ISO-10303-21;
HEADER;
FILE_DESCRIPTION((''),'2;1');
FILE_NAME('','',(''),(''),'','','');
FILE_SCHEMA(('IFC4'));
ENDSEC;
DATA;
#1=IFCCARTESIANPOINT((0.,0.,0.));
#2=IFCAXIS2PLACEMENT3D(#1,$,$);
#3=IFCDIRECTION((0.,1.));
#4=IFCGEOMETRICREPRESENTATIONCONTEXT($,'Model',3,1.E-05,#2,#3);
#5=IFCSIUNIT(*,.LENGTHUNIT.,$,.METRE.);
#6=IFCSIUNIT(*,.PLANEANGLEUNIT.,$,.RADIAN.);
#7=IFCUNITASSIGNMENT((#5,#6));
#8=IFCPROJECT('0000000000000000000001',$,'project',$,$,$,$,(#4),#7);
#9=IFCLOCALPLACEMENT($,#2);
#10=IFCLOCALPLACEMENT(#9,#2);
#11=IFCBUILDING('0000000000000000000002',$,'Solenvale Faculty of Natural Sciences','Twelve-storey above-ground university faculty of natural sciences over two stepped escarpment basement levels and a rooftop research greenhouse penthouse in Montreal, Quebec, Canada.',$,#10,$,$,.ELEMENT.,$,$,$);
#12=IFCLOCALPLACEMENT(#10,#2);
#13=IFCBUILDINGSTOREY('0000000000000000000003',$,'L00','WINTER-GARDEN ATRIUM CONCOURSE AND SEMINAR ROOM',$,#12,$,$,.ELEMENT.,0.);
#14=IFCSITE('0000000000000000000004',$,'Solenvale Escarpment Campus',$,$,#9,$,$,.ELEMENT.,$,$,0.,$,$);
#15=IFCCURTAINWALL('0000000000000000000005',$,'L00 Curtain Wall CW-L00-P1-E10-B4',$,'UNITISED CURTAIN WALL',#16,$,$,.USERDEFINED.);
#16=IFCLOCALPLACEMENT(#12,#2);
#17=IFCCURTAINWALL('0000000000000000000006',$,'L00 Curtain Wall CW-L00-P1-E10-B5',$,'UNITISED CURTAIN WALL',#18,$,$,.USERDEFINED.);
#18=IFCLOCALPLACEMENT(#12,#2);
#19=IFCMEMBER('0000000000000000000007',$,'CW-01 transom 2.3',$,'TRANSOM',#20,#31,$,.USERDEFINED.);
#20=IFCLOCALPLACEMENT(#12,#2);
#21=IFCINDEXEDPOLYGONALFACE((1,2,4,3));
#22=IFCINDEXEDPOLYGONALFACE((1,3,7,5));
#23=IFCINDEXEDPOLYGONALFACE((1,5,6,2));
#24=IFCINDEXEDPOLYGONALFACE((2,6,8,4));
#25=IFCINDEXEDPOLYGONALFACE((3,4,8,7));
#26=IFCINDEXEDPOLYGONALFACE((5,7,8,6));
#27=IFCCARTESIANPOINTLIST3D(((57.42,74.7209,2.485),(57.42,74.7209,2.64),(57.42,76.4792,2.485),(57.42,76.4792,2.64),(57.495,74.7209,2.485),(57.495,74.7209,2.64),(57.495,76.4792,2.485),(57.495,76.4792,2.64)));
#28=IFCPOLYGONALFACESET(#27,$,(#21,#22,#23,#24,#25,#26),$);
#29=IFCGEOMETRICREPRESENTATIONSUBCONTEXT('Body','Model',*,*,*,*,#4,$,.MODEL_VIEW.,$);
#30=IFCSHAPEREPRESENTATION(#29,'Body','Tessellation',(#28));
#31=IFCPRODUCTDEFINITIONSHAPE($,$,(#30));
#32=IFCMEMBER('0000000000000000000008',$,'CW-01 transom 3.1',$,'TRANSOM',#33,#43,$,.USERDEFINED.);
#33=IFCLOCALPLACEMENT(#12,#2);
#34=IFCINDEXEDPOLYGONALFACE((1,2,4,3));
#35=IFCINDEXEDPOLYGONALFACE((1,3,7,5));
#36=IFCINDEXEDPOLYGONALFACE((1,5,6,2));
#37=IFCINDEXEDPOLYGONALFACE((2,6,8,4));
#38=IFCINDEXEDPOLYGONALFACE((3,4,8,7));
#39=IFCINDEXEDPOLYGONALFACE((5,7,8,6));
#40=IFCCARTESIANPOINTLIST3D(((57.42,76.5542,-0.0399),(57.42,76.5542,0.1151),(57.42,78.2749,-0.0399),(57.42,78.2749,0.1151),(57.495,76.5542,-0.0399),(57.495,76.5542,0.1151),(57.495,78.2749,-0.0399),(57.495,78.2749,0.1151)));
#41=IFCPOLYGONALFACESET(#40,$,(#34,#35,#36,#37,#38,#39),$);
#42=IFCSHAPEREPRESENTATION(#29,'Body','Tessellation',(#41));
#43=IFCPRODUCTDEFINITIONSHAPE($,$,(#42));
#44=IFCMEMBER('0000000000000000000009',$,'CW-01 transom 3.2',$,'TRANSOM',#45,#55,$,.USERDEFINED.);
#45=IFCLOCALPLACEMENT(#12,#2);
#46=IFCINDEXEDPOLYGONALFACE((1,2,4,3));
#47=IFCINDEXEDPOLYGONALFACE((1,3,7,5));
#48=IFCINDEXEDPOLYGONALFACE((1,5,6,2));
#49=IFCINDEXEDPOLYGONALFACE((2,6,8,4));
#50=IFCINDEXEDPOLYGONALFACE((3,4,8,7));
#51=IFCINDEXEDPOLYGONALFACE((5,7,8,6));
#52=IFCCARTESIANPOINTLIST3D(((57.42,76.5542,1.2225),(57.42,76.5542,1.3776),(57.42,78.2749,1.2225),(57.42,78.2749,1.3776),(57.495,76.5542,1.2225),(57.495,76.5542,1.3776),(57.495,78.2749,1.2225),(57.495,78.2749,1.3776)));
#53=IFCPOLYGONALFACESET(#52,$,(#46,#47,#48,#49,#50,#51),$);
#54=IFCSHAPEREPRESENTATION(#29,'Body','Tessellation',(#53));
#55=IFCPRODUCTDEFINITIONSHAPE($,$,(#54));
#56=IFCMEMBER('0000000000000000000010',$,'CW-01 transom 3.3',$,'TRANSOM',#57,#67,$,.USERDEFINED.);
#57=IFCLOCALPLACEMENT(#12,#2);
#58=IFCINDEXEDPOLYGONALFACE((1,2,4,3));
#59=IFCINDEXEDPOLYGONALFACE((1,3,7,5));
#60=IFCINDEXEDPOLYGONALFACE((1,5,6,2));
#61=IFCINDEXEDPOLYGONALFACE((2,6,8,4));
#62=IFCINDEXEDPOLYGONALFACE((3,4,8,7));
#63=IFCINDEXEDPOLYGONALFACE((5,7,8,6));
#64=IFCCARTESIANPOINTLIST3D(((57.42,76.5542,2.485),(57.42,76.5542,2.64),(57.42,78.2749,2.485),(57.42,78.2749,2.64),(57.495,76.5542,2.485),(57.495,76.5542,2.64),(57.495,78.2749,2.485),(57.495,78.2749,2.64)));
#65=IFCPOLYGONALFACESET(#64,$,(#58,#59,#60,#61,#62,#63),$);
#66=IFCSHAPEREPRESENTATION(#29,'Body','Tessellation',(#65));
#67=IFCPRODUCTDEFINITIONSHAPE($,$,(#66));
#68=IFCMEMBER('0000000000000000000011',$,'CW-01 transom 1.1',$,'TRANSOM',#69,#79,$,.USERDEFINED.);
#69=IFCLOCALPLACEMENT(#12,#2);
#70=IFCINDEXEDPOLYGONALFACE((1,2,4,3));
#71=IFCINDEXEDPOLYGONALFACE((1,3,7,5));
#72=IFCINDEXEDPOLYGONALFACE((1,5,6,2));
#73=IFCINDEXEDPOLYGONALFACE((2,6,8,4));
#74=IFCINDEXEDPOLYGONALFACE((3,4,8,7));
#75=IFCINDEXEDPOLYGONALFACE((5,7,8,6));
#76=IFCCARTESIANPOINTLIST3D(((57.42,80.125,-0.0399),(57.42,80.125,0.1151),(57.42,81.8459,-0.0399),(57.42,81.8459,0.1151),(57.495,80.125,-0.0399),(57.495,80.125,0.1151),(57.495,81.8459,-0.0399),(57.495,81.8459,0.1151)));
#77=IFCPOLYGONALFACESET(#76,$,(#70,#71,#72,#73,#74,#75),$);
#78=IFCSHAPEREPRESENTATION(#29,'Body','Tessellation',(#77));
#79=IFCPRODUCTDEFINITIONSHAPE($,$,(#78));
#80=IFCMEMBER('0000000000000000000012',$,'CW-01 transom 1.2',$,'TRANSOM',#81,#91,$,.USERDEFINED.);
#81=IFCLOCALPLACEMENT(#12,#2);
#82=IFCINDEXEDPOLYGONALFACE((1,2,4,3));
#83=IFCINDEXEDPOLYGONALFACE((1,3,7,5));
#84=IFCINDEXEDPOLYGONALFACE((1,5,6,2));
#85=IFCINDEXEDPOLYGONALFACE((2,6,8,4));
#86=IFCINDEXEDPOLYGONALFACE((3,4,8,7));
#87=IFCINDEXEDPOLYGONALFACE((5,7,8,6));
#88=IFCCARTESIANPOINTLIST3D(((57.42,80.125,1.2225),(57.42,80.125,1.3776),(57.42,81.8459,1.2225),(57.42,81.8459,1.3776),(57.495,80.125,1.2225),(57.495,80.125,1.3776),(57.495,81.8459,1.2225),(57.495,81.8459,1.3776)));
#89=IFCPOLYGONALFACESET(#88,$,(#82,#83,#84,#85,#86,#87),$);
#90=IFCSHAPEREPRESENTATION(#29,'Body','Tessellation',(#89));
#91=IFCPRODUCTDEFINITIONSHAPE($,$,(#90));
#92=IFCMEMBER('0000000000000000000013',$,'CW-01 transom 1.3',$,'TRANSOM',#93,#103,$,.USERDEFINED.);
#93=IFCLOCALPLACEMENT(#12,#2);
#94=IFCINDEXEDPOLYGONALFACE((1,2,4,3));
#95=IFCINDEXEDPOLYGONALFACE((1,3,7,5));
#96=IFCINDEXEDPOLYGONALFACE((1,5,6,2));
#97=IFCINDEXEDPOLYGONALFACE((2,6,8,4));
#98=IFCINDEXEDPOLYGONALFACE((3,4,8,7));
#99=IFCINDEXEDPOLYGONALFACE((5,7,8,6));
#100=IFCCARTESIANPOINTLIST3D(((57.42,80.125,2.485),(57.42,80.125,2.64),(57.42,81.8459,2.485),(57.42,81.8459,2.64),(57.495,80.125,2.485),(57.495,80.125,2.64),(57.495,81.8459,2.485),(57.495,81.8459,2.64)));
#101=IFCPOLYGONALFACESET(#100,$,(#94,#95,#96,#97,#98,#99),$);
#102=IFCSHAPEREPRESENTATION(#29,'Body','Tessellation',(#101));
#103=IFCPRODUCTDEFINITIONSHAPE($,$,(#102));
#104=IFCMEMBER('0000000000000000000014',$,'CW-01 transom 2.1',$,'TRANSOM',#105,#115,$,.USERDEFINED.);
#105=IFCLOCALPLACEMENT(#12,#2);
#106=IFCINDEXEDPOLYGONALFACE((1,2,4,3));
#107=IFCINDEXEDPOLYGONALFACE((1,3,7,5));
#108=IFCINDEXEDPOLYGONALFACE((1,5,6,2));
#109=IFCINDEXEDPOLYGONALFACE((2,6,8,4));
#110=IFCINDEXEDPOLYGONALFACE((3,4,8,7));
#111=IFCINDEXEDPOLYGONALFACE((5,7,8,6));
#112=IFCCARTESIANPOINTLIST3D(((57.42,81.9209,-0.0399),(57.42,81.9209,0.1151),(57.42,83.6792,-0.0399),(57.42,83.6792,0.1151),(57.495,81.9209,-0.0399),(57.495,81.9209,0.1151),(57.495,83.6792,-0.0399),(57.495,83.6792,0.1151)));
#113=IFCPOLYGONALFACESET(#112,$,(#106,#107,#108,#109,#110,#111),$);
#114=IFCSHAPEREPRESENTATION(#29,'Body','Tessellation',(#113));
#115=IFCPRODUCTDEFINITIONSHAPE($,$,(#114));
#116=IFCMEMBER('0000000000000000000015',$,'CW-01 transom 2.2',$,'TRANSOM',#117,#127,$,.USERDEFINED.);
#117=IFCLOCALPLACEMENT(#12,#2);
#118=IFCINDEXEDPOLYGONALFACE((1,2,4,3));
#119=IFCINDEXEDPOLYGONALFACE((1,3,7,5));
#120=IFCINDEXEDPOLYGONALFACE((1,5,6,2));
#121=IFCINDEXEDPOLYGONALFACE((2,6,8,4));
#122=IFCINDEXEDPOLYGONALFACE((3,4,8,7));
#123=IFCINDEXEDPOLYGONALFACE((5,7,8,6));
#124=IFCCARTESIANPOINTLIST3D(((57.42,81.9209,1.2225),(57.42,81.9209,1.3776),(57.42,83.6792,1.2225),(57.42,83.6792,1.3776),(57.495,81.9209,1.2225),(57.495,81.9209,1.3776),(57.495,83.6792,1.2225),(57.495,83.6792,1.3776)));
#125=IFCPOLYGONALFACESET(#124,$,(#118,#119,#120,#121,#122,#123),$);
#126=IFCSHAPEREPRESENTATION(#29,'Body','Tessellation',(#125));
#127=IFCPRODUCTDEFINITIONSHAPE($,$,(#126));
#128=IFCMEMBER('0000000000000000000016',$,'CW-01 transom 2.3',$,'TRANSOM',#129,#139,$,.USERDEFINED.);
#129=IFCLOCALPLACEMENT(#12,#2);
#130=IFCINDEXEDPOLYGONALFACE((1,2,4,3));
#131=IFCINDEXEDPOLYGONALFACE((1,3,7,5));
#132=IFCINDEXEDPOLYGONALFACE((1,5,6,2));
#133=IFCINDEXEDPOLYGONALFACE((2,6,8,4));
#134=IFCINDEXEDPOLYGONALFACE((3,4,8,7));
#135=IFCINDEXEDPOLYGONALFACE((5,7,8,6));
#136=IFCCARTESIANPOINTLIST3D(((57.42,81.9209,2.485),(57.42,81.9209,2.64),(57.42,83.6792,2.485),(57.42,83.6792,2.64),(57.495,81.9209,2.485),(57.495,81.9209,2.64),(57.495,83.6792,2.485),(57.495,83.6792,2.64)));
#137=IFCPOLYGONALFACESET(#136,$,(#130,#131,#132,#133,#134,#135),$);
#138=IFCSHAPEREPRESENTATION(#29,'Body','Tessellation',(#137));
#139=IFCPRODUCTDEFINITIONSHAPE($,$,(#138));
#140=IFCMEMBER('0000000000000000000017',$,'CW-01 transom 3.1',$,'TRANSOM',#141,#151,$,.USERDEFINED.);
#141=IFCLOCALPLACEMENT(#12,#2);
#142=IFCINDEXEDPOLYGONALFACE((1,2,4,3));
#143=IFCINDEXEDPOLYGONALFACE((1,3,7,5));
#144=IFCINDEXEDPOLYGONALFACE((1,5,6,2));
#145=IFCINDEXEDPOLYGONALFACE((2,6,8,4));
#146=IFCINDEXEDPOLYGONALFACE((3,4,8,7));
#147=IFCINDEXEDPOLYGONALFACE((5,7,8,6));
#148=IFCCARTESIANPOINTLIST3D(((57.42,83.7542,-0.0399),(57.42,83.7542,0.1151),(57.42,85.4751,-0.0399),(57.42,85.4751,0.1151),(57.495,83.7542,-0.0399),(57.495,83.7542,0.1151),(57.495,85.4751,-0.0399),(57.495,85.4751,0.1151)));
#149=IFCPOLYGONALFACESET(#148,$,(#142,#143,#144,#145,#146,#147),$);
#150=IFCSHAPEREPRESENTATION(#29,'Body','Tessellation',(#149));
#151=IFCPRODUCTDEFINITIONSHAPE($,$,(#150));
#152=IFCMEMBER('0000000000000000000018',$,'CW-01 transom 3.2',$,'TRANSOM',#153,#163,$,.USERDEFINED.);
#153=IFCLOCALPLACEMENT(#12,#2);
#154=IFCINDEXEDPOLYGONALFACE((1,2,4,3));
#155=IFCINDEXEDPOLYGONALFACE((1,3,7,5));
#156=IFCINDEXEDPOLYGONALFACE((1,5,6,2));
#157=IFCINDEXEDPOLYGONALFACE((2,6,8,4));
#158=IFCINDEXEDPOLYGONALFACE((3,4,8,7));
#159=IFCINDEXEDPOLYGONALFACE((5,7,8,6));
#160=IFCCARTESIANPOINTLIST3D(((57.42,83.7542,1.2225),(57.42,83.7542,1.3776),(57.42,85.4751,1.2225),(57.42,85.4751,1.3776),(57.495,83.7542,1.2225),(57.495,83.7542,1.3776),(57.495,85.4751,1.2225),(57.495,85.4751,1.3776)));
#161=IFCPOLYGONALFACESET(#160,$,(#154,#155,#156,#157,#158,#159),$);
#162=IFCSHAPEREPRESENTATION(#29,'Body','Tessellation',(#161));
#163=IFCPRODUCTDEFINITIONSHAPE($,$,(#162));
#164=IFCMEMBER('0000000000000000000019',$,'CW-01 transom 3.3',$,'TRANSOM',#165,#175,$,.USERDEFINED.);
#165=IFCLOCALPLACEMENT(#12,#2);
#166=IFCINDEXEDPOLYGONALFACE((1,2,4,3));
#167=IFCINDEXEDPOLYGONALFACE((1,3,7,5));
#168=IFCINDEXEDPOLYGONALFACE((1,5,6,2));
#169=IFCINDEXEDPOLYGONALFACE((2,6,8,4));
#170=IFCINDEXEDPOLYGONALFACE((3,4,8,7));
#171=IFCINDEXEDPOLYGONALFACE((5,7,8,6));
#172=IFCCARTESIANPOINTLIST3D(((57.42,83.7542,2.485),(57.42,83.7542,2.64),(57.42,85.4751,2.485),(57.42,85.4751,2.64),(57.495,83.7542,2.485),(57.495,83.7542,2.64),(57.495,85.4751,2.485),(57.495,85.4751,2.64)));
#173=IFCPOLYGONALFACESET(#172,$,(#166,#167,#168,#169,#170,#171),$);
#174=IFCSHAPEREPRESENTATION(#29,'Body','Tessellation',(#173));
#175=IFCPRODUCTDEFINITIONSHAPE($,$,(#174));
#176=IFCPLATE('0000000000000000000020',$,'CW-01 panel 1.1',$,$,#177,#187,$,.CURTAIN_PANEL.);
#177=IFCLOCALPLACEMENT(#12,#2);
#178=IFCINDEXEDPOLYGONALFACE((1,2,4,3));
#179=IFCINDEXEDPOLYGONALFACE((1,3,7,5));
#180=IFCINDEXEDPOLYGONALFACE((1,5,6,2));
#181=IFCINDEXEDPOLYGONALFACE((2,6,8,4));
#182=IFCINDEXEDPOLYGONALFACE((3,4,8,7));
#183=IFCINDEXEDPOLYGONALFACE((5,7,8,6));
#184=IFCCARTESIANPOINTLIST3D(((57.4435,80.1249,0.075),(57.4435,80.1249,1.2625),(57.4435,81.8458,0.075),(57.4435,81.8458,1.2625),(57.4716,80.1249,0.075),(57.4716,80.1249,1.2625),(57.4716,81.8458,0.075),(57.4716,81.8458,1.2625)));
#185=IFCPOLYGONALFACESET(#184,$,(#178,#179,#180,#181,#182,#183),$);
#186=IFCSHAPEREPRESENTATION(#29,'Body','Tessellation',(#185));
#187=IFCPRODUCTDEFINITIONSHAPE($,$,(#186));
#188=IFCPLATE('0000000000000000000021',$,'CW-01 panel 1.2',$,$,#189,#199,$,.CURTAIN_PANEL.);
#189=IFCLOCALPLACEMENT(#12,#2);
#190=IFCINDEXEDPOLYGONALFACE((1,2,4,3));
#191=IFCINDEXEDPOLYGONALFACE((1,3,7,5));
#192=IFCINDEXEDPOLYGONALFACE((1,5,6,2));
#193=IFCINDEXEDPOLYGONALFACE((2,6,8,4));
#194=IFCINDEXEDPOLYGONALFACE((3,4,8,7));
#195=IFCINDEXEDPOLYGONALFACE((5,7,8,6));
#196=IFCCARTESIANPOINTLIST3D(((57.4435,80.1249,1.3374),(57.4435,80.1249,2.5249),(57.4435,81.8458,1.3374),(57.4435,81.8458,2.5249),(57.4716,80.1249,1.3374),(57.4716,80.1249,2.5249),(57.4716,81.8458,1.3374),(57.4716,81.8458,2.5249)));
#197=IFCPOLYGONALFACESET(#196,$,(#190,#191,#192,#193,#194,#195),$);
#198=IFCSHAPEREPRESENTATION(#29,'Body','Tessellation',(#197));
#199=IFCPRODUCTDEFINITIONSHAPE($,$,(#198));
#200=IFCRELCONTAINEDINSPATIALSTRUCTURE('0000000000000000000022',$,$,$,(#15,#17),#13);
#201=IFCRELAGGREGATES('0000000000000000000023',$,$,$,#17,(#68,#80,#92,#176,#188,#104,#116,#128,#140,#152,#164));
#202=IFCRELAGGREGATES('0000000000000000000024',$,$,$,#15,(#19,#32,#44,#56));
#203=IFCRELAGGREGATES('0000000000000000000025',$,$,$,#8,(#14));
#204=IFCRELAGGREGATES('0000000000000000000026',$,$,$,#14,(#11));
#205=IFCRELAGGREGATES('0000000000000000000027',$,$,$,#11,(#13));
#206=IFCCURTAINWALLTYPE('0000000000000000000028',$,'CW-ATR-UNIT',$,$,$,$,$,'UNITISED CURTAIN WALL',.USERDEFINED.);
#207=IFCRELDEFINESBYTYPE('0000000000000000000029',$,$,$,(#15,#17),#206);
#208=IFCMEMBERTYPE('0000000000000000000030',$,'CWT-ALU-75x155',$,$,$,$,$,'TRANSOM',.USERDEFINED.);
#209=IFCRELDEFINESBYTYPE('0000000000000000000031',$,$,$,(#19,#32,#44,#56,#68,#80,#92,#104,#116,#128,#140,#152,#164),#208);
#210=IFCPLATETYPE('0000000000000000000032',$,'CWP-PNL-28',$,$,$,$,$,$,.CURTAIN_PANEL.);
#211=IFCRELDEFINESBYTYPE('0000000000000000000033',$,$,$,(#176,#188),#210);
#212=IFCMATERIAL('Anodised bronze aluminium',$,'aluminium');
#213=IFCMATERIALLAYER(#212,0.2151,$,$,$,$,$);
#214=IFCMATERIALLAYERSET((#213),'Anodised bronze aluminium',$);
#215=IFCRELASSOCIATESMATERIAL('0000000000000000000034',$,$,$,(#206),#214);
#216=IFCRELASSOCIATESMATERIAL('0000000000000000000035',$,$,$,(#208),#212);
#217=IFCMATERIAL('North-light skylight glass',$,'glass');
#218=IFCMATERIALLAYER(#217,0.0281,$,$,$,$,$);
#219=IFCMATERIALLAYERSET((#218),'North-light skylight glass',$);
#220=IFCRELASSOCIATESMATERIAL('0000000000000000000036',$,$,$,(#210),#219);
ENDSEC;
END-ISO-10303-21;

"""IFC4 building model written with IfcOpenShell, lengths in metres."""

from ifc_helpers import new_model, si_unit, direction, frame, origin, origin_2d, place, context, subcontext, project, spatial, rectangle, extrude, material, layer, layer_set, material_profile, profile_set, type_object, element, aggregate, save


model = new_model("IFC4")

# Units and contexts
model_context = context("Model", 3, precision=1e-05, world=origin(), true_north=direction((0.0, 1.0)))
body_context = subcontext(model_context, "Body", "Model", "MODEL_VIEW")
ifc_project = project(units=[si_unit("LENGTHUNIT", "METRE"), si_unit("PLANEANGLEUNIT", "RADIAN")], contexts=[model_context])

# Site, building, storey
site_placement = place(None, origin())
site = spatial("IfcSite", under=ifc_project, at=site_placement, Name="Solenvale Escarpment Campus", CompositionType="ELEMENT", RefElevation=0.0)
building_placement = place(site_placement, origin())
building = spatial("IfcBuilding", under=site, at=building_placement, Name="Solenvale Faculty of Natural Sciences", Description="Twelve-storey above-ground university faculty of natural sciences over two stepped escarpment basement levels and a rooftop research greenhouse penthouse in Montreal, Quebec, Canada.", CompositionType="ELEMENT")
storey_placement = place(building_placement, origin())
storey = spatial("IfcBuildingStorey", under=building, at=storey_placement, Name="L00", Description="WINTER-GARDEN ATRIUM CONCOURSE AND SEMINAR ROOM", CompositionType="ELEMENT", Elevation=0.0)

# Curtain walls
ifc_material_1 = material(Name="Anodised bronze aluminium", Category="aluminium")
ifc_layer_1 = layer(ifc_material_1, 0.2151)
ifc_layer_set_1 = layer_set([ifc_layer_1], Name="Anodised bronze aluminium")
curtain_wall_type = type_object("IfcCurtainWallType", Name="CW-ATR-UNIT", ElementType="UNITISED CURTAIN WALL", PredefinedType="USERDEFINED", material=ifc_layer_set_1)
curtain_wall_1_placement = place(storey_placement, origin())
curtain_wall_1 = element("IfcCurtainWall", 1, at=curtain_wall_1_placement, inside=storey, type_object=curtain_wall_type, Name="L00 Curtain Wall CW-L00-P1-E10-B4", ObjectType="UNITISED CURTAIN WALL", PredefinedType="USERDEFINED")
curtain_wall_2_placement = place(storey_placement, origin())
curtain_wall_2 = element("IfcCurtainWall", 2, at=curtain_wall_2_placement, inside=storey, type_object=curtain_wall_type, Name="L00 Curtain Wall CW-L00-P1-E10-B5", ObjectType="UNITISED CURTAIN WALL", PredefinedType="USERDEFINED")

# Members
ifc_material_profile_1 = material_profile(ifc_material_1, rectangle(XDim=0.075, YDim=0.155, at=origin_2d()), Name="ALU-TRN-75x155")
ifc_profile_set_1 = profile_set([ifc_material_profile_1], Name="Anodised bronze aluminium")
member_type_1 = type_object("IfcMemberType", Name="CWT-ALU-75x155", ElementType="TRANSOM", PredefinedType="USERDEFINED", material=ifc_profile_set_1)
member_1_placement = place(storey_placement, frame((57.4575, 74.7209, 2.5625), z_axis=(0.0, 1.0, 0.0), x_axis=(-1.0, 0.0, 0.0)))
member_1 = element("IfcMember", 3, at=member_1_placement, type_object=member_type_1, Name="CW-01 transom 2.3", ObjectType="TRANSOM", PredefinedType="USERDEFINED", context=body_context, shape_type="SweptSolid", body=[
    extrude(rectangle(XDim=0.075, YDim=0.155, at=origin_2d()), origin(), (0.0, 0.0, 1.0), 1.7583),
])
member_2_placement = place(storey_placement, frame((57.4575, 76.5542, 0.0376), z_axis=(0.0, 1.0, 0.0), x_axis=(-1.0, 0.0, 0.0)))
member_2 = element("IfcMember", 4, at=member_2_placement, type_object=member_type_1, Name="CW-01 transom 3.1", ObjectType="TRANSOM", PredefinedType="USERDEFINED", context=body_context, shape_type="SweptSolid", body=[
    extrude(rectangle(XDim=0.075, YDim=0.155, at=origin_2d()), origin(), (0.0, 0.0, 1.0), 1.7207),
])
member_3_placement = place(storey_placement, frame((57.4575, 76.5542, 1.3), z_axis=(0.0, 1.0, 0.0), x_axis=(-1.0, 0.0, 0.0)))
member_3 = element("IfcMember", 5, at=member_3_placement, type_object=member_type_1, Name="CW-01 transom 3.2", ObjectType="TRANSOM", PredefinedType="USERDEFINED", context=body_context, shape_type="SweptSolid", body=[
    extrude(rectangle(XDim=0.075, YDim=0.155, at=origin_2d()), origin(), (0.0, 0.0, 1.0), 1.7207),
])
member_4_placement = place(storey_placement, frame((57.4575, 76.5542, 2.5625), z_axis=(0.0, 1.0, 0.0), x_axis=(-1.0, 0.0, 0.0)))
member_4 = element("IfcMember", 6, at=member_4_placement, type_object=member_type_1, Name="CW-01 transom 3.3", ObjectType="TRANSOM", PredefinedType="USERDEFINED", context=body_context, shape_type="SweptSolid", body=[
    extrude(rectangle(XDim=0.075, YDim=0.155, at=origin_2d()), origin(), (0.0, 0.0, 1.0), 1.7207),
])
member_5_placement = place(storey_placement, frame((57.4575, 80.125, 0.0376), z_axis=(0.0, 1.0, 0.0), x_axis=(-1.0, 0.0, 0.0)))
member_5 = element("IfcMember", 7, at=member_5_placement, type_object=member_type_1, Name="CW-01 transom 1.1", ObjectType="TRANSOM", PredefinedType="USERDEFINED", context=body_context, shape_type="SweptSolid", body=[
    extrude(rectangle(XDim=0.075, YDim=0.155, at=origin_2d()), origin(), (0.0, 0.0, 1.0), 1.7209),
])
member_6_placement = place(storey_placement, frame((57.4575, 80.125, 1.3), z_axis=(0.0, 1.0, 0.0), x_axis=(-1.0, 0.0, 0.0)))
member_6 = element("IfcMember", 8, at=member_6_placement, type_object=member_type_1, Name="CW-01 transom 1.2", ObjectType="TRANSOM", PredefinedType="USERDEFINED", context=body_context, shape_type="SweptSolid", body=[
    extrude(rectangle(XDim=0.075, YDim=0.155, at=origin_2d()), origin(), (0.0, 0.0, 1.0), 1.7209),
])
member_7_placement = place(storey_placement, frame((57.4575, 80.125, 2.5625), z_axis=(0.0, 1.0, 0.0), x_axis=(-1.0, 0.0, 0.0)))
member_7 = element("IfcMember", 9, at=member_7_placement, type_object=member_type_1, Name="CW-01 transom 1.3", ObjectType="TRANSOM", PredefinedType="USERDEFINED", context=body_context, shape_type="SweptSolid", body=[
    extrude(rectangle(XDim=0.075, YDim=0.155, at=origin_2d()), origin(), (0.0, 0.0, 1.0), 1.7209),
])
member_8_placement = place(storey_placement, frame((57.4575, 81.9209, 0.0376), z_axis=(0.0, 1.0, 0.0), x_axis=(-1.0, 0.0, 0.0)))
member_8 = element("IfcMember", 10, at=member_8_placement, type_object=member_type_1, Name="CW-01 transom 2.1", ObjectType="TRANSOM", PredefinedType="USERDEFINED", context=body_context, shape_type="SweptSolid", body=[
    extrude(rectangle(XDim=0.075, YDim=0.155, at=origin_2d()), origin(), (0.0, 0.0, 1.0), 1.7583),
])
member_9_placement = place(storey_placement, frame((57.4575, 81.9209, 1.3), z_axis=(0.0, 1.0, 0.0), x_axis=(-1.0, 0.0, 0.0)))
member_9 = element("IfcMember", 11, at=member_9_placement, type_object=member_type_1, Name="CW-01 transom 2.2", ObjectType="TRANSOM", PredefinedType="USERDEFINED", context=body_context, shape_type="SweptSolid", body=[
    extrude(rectangle(XDim=0.075, YDim=0.155, at=origin_2d()), origin(), (0.0, 0.0, 1.0), 1.7583),
])
member_10_placement = place(storey_placement, frame((57.4575, 81.9209, 2.5625), z_axis=(0.0, 1.0, 0.0), x_axis=(-1.0, 0.0, 0.0)))
member_10 = element("IfcMember", 12, at=member_10_placement, type_object=member_type_1, Name="CW-01 transom 2.3", ObjectType="TRANSOM", PredefinedType="USERDEFINED", context=body_context, shape_type="SweptSolid", body=[
    extrude(rectangle(XDim=0.075, YDim=0.155, at=origin_2d()), origin(), (0.0, 0.0, 1.0), 1.7583),
])
member_11_placement = place(storey_placement, frame((57.4575, 83.7542, 0.0376), z_axis=(0.0, 1.0, 0.0), x_axis=(-1.0, 0.0, 0.0)))
member_11 = element("IfcMember", 13, at=member_11_placement, type_object=member_type_1, Name="CW-01 transom 3.1", ObjectType="TRANSOM", PredefinedType="USERDEFINED", context=body_context, shape_type="SweptSolid", body=[
    extrude(rectangle(XDim=0.075, YDim=0.155, at=origin_2d()), origin(), (0.0, 0.0, 1.0), 1.7209),
])
member_12_placement = place(storey_placement, frame((57.4575, 83.7542, 1.3), z_axis=(0.0, 1.0, 0.0), x_axis=(-1.0, 0.0, 0.0)))
member_12 = element("IfcMember", 14, at=member_12_placement, type_object=member_type_1, Name="CW-01 transom 3.2", ObjectType="TRANSOM", PredefinedType="USERDEFINED", context=body_context, shape_type="SweptSolid", body=[
    extrude(rectangle(XDim=0.075, YDim=0.155, at=origin_2d()), origin(), (0.0, 0.0, 1.0), 1.7209),
])
member_13_placement = place(storey_placement, frame((57.4575, 83.7542, 2.5625), z_axis=(0.0, 1.0, 0.0), x_axis=(-1.0, 0.0, 0.0)))
member_13 = element("IfcMember", 15, at=member_13_placement, type_object=member_type_1, Name="CW-01 transom 3.3", ObjectType="TRANSOM", PredefinedType="USERDEFINED", context=body_context, shape_type="SweptSolid", body=[
    extrude(rectangle(XDim=0.075, YDim=0.155, at=origin_2d()), origin(), (0.0, 0.0, 1.0), 1.7209),
])

# Plates
ifc_material_2 = material(Name="North-light skylight glass", Category="glass")
ifc_layer_2 = layer(ifc_material_2, 0.0281)
ifc_layer_set_2 = layer_set([ifc_layer_2], Name="North-light skylight glass")
plate_type_1 = type_object("IfcPlateType", Name="CWP-PNL-28", PredefinedType="CURTAIN_PANEL", material=ifc_layer_set_2)
plate_1_placement = place(storey_placement, frame((57.4575, 80.9854, 0.075), z_axis=(0.0, 0.0, 1.0), x_axis=(0.0, 1.0, 0.0)))
plate_1 = element("IfcPlate", 16, at=plate_1_placement, type_object=plate_type_1, Name="CW-01 panel 1.1", PredefinedType="CURTAIN_PANEL", context=body_context, shape_type="SweptSolid", body=[
    extrude(rectangle(XDim=1.7209, YDim=0.0281, at=origin_2d()), origin(), (0.0, 0.0, 1.0), 1.1875),
])
plate_2_placement = place(storey_placement, frame((57.4575, 80.9854, 1.3374), z_axis=(0.0, 0.0, 1.0), x_axis=(0.0, 1.0, 0.0)))
plate_2 = element("IfcPlate", 17, at=plate_2_placement, type_object=plate_type_1, Name="CW-01 panel 1.2", PredefinedType="CURTAIN_PANEL", context=body_context, shape_type="SweptSolid", body=[
    extrude(rectangle(XDim=1.7209, YDim=0.0281, at=origin_2d()), origin(), (0.0, 0.0, 1.0), 1.1875),
])
aggregate(curtain_wall_2, [member_5, member_6, member_7, plate_1, plate_2, member_8, member_9, member_10, member_11, member_12, member_13])
aggregate(curtain_wall_1, [member_1, member_2, member_3, member_4])

save(model, "model.ifc")
